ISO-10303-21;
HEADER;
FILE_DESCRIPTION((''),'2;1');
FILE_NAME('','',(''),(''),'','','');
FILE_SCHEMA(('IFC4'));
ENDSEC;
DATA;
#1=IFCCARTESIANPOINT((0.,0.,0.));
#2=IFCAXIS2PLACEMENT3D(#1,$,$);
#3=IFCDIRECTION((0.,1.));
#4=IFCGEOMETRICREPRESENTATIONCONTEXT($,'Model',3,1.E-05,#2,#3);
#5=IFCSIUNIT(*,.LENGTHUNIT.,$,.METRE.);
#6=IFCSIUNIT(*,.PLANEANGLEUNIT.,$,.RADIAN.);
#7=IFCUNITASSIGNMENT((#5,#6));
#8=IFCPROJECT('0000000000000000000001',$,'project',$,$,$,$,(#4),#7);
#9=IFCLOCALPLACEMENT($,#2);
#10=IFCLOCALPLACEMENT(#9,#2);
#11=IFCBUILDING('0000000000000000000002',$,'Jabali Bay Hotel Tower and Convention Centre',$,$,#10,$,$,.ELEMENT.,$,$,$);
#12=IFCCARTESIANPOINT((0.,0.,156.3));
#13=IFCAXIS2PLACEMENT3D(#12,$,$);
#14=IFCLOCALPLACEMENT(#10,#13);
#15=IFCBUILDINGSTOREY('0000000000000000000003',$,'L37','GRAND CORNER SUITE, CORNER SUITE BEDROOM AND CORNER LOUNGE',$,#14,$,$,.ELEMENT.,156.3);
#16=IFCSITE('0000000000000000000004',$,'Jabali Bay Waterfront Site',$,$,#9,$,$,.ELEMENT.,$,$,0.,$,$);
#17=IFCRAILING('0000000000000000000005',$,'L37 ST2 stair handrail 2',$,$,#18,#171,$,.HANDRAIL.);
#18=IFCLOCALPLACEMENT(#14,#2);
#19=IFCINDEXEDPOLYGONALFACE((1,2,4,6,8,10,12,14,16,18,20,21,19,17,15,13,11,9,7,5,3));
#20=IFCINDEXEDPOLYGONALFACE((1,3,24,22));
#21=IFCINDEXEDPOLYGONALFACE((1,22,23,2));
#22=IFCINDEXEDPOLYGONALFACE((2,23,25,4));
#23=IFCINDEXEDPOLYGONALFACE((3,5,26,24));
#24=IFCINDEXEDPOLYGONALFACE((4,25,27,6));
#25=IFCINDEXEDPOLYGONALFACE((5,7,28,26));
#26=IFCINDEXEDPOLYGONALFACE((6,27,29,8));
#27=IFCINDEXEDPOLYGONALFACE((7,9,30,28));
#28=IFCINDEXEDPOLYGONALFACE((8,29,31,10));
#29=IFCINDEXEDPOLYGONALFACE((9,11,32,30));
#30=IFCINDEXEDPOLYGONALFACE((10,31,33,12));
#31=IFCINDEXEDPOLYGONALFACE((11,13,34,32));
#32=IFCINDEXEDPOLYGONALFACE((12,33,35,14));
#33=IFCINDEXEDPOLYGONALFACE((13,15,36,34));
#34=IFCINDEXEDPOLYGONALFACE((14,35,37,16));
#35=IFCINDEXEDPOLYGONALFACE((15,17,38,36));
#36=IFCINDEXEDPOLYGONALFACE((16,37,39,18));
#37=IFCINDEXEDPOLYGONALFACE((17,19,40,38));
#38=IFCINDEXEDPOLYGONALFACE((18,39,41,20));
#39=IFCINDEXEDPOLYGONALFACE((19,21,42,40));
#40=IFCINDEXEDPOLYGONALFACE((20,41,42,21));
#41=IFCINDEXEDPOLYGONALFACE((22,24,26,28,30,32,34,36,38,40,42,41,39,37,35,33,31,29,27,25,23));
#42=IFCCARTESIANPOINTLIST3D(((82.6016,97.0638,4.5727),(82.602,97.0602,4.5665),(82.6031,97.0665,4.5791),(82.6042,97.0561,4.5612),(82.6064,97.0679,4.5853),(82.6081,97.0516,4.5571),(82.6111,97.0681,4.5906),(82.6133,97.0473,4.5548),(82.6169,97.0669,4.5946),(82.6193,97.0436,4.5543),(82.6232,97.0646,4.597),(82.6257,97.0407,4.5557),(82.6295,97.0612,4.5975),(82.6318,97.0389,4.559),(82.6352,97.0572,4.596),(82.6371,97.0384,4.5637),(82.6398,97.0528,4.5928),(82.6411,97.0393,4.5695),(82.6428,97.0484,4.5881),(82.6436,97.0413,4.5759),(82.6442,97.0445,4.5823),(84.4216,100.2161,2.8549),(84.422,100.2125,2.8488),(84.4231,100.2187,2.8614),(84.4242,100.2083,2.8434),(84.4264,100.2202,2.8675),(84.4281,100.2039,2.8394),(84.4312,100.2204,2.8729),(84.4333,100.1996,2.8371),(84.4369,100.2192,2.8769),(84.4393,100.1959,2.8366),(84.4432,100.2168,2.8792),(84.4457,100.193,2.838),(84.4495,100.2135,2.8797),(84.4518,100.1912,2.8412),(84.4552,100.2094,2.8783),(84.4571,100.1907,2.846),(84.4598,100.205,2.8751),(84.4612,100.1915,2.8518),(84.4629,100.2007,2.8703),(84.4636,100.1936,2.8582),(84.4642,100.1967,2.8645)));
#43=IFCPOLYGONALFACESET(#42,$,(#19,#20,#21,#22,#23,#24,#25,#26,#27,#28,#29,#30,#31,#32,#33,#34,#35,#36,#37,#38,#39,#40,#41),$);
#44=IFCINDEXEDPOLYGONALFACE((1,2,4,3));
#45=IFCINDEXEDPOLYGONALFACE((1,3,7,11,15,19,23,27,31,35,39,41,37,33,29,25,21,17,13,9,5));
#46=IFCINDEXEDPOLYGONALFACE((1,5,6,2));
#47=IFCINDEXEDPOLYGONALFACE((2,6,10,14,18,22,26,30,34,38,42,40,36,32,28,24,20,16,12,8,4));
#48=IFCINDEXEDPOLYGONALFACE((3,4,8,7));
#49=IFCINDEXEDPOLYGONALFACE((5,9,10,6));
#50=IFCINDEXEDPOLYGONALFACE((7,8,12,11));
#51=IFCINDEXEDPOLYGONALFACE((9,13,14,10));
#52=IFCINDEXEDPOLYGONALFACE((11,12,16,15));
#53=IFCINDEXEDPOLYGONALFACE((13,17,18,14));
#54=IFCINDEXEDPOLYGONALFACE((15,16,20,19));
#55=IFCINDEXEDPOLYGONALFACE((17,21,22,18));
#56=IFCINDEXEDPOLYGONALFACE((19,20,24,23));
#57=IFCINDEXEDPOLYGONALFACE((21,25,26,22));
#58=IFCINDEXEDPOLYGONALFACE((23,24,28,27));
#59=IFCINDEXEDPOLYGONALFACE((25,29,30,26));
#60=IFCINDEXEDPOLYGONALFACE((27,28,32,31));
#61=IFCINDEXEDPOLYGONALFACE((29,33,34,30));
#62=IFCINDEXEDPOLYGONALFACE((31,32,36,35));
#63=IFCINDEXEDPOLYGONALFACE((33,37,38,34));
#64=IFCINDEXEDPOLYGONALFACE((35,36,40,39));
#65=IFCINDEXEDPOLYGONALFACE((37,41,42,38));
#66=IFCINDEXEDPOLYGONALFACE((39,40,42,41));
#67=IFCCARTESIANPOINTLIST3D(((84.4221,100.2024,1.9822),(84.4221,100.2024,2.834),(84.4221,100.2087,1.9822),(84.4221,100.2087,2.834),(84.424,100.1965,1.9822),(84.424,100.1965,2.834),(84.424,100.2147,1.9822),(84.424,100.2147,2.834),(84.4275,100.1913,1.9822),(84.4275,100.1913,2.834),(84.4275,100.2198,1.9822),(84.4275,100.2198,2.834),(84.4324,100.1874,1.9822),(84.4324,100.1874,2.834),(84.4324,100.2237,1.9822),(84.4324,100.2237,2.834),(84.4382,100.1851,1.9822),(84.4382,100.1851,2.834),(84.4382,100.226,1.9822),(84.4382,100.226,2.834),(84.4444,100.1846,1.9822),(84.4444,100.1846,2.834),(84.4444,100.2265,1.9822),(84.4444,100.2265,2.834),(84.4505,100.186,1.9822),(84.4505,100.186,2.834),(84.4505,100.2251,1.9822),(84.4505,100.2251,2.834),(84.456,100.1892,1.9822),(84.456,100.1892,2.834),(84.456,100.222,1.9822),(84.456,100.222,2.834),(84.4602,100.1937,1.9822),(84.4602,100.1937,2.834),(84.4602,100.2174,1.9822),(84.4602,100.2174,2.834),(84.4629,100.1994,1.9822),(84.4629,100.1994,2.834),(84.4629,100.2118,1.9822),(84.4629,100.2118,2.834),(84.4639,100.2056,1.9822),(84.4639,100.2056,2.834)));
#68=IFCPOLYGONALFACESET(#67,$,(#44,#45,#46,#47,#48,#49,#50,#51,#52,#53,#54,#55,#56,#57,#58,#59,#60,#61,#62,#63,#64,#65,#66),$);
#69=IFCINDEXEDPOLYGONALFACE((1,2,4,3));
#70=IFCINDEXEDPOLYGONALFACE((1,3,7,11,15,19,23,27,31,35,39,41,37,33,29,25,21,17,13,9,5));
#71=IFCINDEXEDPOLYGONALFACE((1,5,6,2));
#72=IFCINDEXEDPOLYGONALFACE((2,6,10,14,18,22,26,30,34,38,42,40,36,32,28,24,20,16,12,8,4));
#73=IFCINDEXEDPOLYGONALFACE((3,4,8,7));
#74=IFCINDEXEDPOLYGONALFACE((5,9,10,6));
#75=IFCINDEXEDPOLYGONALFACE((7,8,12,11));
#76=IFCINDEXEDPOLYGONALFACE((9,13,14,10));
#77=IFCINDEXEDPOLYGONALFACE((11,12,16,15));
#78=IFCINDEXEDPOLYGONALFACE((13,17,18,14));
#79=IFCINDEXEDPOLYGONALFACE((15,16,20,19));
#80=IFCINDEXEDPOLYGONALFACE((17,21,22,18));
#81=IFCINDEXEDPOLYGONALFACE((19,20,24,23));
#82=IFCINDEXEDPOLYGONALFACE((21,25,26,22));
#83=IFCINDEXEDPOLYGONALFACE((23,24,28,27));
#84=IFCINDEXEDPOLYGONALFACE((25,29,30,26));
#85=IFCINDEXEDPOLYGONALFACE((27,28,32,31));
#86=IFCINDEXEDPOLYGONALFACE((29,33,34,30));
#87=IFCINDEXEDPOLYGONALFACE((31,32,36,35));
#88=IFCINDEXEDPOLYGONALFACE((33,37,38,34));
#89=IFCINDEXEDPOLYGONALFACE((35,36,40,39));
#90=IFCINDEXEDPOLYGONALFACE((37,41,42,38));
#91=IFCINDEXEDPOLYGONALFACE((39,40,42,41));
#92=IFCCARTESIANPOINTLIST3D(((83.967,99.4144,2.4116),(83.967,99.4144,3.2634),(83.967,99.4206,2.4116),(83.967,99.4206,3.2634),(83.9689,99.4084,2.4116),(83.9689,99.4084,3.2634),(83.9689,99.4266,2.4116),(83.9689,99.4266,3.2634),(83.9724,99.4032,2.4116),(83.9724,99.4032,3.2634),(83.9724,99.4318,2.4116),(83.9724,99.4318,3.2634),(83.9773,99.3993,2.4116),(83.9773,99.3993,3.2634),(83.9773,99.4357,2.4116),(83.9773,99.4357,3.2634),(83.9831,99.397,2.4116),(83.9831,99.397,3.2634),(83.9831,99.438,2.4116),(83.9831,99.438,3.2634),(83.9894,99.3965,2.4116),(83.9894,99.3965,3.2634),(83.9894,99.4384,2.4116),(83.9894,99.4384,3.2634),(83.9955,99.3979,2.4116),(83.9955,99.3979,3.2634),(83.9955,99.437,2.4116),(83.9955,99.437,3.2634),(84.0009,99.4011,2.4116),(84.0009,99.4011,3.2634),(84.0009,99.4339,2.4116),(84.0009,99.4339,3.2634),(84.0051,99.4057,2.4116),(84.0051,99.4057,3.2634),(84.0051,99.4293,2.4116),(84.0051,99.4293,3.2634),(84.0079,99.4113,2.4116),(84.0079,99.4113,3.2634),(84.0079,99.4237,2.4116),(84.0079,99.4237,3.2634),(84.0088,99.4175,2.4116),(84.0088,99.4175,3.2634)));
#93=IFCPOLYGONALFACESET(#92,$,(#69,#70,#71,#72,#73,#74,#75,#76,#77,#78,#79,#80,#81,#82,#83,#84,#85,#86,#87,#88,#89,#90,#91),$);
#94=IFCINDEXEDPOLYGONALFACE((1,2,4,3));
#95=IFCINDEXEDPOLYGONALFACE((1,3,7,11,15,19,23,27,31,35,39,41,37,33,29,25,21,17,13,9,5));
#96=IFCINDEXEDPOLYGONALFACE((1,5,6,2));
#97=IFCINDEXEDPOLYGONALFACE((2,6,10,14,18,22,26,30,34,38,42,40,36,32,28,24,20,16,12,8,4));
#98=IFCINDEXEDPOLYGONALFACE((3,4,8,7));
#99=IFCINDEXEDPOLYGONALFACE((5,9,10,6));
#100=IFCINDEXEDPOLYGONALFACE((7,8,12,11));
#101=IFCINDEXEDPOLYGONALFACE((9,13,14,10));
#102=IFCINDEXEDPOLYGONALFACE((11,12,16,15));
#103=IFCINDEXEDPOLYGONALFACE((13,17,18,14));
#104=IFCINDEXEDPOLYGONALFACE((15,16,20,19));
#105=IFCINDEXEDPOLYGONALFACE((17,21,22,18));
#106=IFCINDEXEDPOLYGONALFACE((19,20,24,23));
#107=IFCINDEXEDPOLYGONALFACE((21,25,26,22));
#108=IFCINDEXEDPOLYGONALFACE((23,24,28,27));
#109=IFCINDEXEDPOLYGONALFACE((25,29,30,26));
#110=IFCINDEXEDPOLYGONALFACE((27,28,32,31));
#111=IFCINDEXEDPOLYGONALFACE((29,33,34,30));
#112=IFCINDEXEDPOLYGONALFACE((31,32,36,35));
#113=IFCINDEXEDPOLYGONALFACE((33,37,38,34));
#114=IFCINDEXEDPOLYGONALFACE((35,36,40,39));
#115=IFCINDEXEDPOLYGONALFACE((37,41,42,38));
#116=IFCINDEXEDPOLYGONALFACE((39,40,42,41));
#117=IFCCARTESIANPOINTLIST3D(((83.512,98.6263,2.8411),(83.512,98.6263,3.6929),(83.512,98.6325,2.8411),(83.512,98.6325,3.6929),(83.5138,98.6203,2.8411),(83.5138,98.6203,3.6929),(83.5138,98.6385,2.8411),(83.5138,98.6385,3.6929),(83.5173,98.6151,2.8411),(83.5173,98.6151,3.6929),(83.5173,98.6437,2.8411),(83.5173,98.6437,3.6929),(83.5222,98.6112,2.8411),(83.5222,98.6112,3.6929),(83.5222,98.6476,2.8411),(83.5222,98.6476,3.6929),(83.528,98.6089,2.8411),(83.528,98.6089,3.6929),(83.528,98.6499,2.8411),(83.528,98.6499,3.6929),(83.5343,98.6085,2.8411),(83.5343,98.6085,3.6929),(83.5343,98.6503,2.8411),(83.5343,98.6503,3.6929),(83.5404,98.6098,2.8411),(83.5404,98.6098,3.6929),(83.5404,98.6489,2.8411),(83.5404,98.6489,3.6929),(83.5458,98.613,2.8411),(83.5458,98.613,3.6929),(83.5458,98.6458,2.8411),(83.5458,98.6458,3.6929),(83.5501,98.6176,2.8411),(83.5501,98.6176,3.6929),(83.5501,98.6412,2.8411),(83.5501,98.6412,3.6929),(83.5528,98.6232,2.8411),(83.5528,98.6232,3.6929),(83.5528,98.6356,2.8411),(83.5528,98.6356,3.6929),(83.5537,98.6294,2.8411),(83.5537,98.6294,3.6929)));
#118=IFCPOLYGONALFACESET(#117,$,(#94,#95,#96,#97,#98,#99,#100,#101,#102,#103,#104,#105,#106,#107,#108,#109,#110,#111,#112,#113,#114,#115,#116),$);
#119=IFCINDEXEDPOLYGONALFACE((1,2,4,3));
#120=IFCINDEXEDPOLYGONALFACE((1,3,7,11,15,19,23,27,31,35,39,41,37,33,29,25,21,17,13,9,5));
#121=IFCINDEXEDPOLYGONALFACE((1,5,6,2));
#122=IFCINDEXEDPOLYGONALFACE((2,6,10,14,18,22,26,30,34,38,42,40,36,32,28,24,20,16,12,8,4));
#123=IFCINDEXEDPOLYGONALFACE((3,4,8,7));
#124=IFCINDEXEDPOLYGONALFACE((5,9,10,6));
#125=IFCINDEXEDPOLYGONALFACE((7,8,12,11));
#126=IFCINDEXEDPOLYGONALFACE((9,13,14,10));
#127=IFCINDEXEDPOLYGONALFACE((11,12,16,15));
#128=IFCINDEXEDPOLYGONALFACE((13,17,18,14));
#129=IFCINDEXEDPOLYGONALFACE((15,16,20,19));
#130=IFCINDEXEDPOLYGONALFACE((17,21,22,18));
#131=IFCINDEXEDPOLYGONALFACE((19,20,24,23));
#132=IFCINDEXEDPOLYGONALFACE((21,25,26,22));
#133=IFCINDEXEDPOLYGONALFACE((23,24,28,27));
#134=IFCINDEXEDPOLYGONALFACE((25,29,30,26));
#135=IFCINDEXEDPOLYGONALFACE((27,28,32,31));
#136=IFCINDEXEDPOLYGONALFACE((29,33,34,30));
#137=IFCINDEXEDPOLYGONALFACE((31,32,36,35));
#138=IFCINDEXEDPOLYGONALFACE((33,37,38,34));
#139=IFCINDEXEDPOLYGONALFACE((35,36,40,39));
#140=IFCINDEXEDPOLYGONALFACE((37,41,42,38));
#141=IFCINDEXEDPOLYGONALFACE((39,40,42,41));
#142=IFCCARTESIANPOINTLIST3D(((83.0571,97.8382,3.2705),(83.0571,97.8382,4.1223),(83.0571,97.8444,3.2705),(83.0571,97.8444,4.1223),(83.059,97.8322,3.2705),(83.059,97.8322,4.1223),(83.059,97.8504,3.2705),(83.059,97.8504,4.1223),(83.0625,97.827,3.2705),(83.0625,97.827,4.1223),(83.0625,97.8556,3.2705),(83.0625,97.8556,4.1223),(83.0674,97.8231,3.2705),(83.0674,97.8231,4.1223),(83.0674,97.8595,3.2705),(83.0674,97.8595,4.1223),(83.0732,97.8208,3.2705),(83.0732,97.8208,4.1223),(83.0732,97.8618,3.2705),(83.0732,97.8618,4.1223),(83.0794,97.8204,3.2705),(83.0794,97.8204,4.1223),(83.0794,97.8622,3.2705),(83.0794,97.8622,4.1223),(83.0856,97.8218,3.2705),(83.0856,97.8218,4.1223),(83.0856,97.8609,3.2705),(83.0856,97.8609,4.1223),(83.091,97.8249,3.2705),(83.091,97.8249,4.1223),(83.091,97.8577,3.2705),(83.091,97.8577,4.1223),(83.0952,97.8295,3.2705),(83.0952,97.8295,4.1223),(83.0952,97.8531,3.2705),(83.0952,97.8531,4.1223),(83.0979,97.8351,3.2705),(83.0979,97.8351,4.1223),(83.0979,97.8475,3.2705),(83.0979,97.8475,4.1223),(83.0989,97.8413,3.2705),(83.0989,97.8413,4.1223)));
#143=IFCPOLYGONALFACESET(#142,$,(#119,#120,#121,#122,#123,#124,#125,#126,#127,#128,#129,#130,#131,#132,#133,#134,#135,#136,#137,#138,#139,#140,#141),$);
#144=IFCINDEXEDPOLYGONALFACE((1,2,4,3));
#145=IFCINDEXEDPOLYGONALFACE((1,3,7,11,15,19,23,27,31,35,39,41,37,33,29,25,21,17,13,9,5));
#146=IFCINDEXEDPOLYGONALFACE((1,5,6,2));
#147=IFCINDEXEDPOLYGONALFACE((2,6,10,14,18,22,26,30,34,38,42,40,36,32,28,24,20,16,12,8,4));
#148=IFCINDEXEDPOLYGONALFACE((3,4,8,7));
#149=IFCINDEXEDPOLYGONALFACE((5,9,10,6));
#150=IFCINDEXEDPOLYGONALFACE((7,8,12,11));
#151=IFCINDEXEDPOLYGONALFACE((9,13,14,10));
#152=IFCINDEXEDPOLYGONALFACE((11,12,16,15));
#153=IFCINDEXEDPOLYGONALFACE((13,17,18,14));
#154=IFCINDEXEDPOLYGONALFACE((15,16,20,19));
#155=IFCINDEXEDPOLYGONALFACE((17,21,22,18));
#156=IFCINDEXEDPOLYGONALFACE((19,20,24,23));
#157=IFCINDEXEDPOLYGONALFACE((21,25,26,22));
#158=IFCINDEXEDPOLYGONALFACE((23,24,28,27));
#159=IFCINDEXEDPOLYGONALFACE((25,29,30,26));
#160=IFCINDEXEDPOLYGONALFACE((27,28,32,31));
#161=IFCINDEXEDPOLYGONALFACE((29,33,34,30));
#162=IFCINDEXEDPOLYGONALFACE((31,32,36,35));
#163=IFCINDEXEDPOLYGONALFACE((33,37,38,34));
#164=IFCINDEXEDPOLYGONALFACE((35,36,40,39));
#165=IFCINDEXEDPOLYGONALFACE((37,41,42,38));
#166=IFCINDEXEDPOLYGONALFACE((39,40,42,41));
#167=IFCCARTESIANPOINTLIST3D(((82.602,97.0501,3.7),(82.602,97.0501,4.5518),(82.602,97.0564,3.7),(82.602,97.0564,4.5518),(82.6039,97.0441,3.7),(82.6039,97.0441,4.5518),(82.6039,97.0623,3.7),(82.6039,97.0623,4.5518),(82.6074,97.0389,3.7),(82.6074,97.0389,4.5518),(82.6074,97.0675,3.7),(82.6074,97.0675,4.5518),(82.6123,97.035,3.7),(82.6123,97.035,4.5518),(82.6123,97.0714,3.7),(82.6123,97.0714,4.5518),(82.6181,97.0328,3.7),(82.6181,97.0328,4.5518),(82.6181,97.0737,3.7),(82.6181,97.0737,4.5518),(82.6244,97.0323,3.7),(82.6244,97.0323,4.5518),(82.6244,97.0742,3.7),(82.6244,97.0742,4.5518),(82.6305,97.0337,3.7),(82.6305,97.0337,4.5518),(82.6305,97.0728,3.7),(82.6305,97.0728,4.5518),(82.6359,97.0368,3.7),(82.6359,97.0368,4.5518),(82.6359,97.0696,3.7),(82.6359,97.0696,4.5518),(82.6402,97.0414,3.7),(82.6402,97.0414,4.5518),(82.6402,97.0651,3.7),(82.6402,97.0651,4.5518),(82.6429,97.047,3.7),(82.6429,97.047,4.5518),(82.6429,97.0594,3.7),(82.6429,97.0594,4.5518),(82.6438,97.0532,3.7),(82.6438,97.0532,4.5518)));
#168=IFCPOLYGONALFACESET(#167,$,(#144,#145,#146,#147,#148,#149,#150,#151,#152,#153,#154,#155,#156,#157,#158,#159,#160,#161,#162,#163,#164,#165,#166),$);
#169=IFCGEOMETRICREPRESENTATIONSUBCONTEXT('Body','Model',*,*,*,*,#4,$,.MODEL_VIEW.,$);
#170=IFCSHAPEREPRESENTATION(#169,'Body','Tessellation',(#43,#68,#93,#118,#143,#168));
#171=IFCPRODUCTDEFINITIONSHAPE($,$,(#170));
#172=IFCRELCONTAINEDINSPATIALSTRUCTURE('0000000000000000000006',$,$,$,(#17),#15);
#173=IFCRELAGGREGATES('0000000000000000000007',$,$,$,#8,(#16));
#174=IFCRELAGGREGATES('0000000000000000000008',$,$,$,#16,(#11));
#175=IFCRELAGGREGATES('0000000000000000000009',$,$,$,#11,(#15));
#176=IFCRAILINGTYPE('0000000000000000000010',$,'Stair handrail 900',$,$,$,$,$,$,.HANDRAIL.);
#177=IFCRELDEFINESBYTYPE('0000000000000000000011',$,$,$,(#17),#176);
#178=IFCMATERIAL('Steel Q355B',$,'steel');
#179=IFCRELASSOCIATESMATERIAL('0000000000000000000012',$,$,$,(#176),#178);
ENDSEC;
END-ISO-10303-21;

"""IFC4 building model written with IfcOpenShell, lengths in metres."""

from ifc_helpers import new_model, si_unit, direction, frame, origin, origin_2d, place, context, subcontext, project, spatial, circle, extrude, material, type_object, element, save


model = new_model("IFC4")

# Units and contexts
model_context = context("Model", 3, precision=1e-05, world=origin(), true_north=direction((0.0, 1.0)))
body_context = subcontext(model_context, "Body", "Model", "MODEL_VIEW")
ifc_project = project(units=[si_unit("LENGTHUNIT", "METRE"), si_unit("PLANEANGLEUNIT", "RADIAN")], contexts=[model_context])

# Site, building, storey
site_placement = place(None, origin())
site = spatial("IfcSite", under=ifc_project, at=site_placement, Name="Jabali Bay Waterfront Site", CompositionType="ELEMENT", RefElevation=0.0)
building_placement = place(site_placement, origin())
building = spatial("IfcBuilding", under=site, at=building_placement, Name="Jabali Bay Hotel Tower and Convention Centre", CompositionType="ELEMENT")
storey_placement = place(building_placement, frame((0.0, 0.0, 156.3)))
storey = spatial("IfcBuildingStorey", under=building, at=storey_placement, Name="L37", Description="GRAND CORNER SUITE, CORNER SUITE BEDROOM AND CORNER LOUNGE", CompositionType="ELEMENT", Elevation=156.3)

# Railing
ifc_material_1 = material(Name="Steel Q355B", Category="steel")
railing_type_1 = type_object("IfcRailingType", Name="Stair handrail 900", PredefinedType="HANDRAIL", material=ifc_material_1)
railing_1_placement = place(storey_placement, frame((84.4429, 100.2056, 1.9822)))
element("IfcRailing", 1, at=railing_1_placement, inside=storey, type_object=railing_type_1, Name="L37 ST2 stair handrail 2", PredefinedType="HANDRAIL", context=body_context, shape_type="SweptSolid", body=[
    extrude(circle(Radius=0.0239, at=origin_2d()), frame((0.0, 0.0, 0.876), z_axis=(-0.45219, -0.78319, 0.426775), x_axis=(0.866018, -0.500013, 0.0)), (0.0, 0.0, 1.0), 4.0249),
    extrude(circle(Radius=0.021, at=origin_2d()), origin(), (0.0, 0.0, 1.0), 0.8518),
    extrude(circle(Radius=0.021, at=origin_2d()), frame((-0.4551, -0.7881, 0.4294)), (0.0, 0.0, 1.0), 0.8518),
    extrude(circle(Radius=0.021, at=origin_2d()), frame((-0.9102, -1.5762, 0.8589)), (0.0, 0.0, 1.0), 0.8518),
    extrude(circle(Radius=0.021, at=origin_2d()), frame((-1.365, -2.3643, 1.2883)), (0.0, 0.0, 1.0), 0.8518),
    extrude(circle(Radius=0.021, at=origin_2d()), frame((-1.8201, -3.1523, 1.7178)), (0.0, 0.0, 1.0), 0.8518),
])

save(model, "model.ifc")
